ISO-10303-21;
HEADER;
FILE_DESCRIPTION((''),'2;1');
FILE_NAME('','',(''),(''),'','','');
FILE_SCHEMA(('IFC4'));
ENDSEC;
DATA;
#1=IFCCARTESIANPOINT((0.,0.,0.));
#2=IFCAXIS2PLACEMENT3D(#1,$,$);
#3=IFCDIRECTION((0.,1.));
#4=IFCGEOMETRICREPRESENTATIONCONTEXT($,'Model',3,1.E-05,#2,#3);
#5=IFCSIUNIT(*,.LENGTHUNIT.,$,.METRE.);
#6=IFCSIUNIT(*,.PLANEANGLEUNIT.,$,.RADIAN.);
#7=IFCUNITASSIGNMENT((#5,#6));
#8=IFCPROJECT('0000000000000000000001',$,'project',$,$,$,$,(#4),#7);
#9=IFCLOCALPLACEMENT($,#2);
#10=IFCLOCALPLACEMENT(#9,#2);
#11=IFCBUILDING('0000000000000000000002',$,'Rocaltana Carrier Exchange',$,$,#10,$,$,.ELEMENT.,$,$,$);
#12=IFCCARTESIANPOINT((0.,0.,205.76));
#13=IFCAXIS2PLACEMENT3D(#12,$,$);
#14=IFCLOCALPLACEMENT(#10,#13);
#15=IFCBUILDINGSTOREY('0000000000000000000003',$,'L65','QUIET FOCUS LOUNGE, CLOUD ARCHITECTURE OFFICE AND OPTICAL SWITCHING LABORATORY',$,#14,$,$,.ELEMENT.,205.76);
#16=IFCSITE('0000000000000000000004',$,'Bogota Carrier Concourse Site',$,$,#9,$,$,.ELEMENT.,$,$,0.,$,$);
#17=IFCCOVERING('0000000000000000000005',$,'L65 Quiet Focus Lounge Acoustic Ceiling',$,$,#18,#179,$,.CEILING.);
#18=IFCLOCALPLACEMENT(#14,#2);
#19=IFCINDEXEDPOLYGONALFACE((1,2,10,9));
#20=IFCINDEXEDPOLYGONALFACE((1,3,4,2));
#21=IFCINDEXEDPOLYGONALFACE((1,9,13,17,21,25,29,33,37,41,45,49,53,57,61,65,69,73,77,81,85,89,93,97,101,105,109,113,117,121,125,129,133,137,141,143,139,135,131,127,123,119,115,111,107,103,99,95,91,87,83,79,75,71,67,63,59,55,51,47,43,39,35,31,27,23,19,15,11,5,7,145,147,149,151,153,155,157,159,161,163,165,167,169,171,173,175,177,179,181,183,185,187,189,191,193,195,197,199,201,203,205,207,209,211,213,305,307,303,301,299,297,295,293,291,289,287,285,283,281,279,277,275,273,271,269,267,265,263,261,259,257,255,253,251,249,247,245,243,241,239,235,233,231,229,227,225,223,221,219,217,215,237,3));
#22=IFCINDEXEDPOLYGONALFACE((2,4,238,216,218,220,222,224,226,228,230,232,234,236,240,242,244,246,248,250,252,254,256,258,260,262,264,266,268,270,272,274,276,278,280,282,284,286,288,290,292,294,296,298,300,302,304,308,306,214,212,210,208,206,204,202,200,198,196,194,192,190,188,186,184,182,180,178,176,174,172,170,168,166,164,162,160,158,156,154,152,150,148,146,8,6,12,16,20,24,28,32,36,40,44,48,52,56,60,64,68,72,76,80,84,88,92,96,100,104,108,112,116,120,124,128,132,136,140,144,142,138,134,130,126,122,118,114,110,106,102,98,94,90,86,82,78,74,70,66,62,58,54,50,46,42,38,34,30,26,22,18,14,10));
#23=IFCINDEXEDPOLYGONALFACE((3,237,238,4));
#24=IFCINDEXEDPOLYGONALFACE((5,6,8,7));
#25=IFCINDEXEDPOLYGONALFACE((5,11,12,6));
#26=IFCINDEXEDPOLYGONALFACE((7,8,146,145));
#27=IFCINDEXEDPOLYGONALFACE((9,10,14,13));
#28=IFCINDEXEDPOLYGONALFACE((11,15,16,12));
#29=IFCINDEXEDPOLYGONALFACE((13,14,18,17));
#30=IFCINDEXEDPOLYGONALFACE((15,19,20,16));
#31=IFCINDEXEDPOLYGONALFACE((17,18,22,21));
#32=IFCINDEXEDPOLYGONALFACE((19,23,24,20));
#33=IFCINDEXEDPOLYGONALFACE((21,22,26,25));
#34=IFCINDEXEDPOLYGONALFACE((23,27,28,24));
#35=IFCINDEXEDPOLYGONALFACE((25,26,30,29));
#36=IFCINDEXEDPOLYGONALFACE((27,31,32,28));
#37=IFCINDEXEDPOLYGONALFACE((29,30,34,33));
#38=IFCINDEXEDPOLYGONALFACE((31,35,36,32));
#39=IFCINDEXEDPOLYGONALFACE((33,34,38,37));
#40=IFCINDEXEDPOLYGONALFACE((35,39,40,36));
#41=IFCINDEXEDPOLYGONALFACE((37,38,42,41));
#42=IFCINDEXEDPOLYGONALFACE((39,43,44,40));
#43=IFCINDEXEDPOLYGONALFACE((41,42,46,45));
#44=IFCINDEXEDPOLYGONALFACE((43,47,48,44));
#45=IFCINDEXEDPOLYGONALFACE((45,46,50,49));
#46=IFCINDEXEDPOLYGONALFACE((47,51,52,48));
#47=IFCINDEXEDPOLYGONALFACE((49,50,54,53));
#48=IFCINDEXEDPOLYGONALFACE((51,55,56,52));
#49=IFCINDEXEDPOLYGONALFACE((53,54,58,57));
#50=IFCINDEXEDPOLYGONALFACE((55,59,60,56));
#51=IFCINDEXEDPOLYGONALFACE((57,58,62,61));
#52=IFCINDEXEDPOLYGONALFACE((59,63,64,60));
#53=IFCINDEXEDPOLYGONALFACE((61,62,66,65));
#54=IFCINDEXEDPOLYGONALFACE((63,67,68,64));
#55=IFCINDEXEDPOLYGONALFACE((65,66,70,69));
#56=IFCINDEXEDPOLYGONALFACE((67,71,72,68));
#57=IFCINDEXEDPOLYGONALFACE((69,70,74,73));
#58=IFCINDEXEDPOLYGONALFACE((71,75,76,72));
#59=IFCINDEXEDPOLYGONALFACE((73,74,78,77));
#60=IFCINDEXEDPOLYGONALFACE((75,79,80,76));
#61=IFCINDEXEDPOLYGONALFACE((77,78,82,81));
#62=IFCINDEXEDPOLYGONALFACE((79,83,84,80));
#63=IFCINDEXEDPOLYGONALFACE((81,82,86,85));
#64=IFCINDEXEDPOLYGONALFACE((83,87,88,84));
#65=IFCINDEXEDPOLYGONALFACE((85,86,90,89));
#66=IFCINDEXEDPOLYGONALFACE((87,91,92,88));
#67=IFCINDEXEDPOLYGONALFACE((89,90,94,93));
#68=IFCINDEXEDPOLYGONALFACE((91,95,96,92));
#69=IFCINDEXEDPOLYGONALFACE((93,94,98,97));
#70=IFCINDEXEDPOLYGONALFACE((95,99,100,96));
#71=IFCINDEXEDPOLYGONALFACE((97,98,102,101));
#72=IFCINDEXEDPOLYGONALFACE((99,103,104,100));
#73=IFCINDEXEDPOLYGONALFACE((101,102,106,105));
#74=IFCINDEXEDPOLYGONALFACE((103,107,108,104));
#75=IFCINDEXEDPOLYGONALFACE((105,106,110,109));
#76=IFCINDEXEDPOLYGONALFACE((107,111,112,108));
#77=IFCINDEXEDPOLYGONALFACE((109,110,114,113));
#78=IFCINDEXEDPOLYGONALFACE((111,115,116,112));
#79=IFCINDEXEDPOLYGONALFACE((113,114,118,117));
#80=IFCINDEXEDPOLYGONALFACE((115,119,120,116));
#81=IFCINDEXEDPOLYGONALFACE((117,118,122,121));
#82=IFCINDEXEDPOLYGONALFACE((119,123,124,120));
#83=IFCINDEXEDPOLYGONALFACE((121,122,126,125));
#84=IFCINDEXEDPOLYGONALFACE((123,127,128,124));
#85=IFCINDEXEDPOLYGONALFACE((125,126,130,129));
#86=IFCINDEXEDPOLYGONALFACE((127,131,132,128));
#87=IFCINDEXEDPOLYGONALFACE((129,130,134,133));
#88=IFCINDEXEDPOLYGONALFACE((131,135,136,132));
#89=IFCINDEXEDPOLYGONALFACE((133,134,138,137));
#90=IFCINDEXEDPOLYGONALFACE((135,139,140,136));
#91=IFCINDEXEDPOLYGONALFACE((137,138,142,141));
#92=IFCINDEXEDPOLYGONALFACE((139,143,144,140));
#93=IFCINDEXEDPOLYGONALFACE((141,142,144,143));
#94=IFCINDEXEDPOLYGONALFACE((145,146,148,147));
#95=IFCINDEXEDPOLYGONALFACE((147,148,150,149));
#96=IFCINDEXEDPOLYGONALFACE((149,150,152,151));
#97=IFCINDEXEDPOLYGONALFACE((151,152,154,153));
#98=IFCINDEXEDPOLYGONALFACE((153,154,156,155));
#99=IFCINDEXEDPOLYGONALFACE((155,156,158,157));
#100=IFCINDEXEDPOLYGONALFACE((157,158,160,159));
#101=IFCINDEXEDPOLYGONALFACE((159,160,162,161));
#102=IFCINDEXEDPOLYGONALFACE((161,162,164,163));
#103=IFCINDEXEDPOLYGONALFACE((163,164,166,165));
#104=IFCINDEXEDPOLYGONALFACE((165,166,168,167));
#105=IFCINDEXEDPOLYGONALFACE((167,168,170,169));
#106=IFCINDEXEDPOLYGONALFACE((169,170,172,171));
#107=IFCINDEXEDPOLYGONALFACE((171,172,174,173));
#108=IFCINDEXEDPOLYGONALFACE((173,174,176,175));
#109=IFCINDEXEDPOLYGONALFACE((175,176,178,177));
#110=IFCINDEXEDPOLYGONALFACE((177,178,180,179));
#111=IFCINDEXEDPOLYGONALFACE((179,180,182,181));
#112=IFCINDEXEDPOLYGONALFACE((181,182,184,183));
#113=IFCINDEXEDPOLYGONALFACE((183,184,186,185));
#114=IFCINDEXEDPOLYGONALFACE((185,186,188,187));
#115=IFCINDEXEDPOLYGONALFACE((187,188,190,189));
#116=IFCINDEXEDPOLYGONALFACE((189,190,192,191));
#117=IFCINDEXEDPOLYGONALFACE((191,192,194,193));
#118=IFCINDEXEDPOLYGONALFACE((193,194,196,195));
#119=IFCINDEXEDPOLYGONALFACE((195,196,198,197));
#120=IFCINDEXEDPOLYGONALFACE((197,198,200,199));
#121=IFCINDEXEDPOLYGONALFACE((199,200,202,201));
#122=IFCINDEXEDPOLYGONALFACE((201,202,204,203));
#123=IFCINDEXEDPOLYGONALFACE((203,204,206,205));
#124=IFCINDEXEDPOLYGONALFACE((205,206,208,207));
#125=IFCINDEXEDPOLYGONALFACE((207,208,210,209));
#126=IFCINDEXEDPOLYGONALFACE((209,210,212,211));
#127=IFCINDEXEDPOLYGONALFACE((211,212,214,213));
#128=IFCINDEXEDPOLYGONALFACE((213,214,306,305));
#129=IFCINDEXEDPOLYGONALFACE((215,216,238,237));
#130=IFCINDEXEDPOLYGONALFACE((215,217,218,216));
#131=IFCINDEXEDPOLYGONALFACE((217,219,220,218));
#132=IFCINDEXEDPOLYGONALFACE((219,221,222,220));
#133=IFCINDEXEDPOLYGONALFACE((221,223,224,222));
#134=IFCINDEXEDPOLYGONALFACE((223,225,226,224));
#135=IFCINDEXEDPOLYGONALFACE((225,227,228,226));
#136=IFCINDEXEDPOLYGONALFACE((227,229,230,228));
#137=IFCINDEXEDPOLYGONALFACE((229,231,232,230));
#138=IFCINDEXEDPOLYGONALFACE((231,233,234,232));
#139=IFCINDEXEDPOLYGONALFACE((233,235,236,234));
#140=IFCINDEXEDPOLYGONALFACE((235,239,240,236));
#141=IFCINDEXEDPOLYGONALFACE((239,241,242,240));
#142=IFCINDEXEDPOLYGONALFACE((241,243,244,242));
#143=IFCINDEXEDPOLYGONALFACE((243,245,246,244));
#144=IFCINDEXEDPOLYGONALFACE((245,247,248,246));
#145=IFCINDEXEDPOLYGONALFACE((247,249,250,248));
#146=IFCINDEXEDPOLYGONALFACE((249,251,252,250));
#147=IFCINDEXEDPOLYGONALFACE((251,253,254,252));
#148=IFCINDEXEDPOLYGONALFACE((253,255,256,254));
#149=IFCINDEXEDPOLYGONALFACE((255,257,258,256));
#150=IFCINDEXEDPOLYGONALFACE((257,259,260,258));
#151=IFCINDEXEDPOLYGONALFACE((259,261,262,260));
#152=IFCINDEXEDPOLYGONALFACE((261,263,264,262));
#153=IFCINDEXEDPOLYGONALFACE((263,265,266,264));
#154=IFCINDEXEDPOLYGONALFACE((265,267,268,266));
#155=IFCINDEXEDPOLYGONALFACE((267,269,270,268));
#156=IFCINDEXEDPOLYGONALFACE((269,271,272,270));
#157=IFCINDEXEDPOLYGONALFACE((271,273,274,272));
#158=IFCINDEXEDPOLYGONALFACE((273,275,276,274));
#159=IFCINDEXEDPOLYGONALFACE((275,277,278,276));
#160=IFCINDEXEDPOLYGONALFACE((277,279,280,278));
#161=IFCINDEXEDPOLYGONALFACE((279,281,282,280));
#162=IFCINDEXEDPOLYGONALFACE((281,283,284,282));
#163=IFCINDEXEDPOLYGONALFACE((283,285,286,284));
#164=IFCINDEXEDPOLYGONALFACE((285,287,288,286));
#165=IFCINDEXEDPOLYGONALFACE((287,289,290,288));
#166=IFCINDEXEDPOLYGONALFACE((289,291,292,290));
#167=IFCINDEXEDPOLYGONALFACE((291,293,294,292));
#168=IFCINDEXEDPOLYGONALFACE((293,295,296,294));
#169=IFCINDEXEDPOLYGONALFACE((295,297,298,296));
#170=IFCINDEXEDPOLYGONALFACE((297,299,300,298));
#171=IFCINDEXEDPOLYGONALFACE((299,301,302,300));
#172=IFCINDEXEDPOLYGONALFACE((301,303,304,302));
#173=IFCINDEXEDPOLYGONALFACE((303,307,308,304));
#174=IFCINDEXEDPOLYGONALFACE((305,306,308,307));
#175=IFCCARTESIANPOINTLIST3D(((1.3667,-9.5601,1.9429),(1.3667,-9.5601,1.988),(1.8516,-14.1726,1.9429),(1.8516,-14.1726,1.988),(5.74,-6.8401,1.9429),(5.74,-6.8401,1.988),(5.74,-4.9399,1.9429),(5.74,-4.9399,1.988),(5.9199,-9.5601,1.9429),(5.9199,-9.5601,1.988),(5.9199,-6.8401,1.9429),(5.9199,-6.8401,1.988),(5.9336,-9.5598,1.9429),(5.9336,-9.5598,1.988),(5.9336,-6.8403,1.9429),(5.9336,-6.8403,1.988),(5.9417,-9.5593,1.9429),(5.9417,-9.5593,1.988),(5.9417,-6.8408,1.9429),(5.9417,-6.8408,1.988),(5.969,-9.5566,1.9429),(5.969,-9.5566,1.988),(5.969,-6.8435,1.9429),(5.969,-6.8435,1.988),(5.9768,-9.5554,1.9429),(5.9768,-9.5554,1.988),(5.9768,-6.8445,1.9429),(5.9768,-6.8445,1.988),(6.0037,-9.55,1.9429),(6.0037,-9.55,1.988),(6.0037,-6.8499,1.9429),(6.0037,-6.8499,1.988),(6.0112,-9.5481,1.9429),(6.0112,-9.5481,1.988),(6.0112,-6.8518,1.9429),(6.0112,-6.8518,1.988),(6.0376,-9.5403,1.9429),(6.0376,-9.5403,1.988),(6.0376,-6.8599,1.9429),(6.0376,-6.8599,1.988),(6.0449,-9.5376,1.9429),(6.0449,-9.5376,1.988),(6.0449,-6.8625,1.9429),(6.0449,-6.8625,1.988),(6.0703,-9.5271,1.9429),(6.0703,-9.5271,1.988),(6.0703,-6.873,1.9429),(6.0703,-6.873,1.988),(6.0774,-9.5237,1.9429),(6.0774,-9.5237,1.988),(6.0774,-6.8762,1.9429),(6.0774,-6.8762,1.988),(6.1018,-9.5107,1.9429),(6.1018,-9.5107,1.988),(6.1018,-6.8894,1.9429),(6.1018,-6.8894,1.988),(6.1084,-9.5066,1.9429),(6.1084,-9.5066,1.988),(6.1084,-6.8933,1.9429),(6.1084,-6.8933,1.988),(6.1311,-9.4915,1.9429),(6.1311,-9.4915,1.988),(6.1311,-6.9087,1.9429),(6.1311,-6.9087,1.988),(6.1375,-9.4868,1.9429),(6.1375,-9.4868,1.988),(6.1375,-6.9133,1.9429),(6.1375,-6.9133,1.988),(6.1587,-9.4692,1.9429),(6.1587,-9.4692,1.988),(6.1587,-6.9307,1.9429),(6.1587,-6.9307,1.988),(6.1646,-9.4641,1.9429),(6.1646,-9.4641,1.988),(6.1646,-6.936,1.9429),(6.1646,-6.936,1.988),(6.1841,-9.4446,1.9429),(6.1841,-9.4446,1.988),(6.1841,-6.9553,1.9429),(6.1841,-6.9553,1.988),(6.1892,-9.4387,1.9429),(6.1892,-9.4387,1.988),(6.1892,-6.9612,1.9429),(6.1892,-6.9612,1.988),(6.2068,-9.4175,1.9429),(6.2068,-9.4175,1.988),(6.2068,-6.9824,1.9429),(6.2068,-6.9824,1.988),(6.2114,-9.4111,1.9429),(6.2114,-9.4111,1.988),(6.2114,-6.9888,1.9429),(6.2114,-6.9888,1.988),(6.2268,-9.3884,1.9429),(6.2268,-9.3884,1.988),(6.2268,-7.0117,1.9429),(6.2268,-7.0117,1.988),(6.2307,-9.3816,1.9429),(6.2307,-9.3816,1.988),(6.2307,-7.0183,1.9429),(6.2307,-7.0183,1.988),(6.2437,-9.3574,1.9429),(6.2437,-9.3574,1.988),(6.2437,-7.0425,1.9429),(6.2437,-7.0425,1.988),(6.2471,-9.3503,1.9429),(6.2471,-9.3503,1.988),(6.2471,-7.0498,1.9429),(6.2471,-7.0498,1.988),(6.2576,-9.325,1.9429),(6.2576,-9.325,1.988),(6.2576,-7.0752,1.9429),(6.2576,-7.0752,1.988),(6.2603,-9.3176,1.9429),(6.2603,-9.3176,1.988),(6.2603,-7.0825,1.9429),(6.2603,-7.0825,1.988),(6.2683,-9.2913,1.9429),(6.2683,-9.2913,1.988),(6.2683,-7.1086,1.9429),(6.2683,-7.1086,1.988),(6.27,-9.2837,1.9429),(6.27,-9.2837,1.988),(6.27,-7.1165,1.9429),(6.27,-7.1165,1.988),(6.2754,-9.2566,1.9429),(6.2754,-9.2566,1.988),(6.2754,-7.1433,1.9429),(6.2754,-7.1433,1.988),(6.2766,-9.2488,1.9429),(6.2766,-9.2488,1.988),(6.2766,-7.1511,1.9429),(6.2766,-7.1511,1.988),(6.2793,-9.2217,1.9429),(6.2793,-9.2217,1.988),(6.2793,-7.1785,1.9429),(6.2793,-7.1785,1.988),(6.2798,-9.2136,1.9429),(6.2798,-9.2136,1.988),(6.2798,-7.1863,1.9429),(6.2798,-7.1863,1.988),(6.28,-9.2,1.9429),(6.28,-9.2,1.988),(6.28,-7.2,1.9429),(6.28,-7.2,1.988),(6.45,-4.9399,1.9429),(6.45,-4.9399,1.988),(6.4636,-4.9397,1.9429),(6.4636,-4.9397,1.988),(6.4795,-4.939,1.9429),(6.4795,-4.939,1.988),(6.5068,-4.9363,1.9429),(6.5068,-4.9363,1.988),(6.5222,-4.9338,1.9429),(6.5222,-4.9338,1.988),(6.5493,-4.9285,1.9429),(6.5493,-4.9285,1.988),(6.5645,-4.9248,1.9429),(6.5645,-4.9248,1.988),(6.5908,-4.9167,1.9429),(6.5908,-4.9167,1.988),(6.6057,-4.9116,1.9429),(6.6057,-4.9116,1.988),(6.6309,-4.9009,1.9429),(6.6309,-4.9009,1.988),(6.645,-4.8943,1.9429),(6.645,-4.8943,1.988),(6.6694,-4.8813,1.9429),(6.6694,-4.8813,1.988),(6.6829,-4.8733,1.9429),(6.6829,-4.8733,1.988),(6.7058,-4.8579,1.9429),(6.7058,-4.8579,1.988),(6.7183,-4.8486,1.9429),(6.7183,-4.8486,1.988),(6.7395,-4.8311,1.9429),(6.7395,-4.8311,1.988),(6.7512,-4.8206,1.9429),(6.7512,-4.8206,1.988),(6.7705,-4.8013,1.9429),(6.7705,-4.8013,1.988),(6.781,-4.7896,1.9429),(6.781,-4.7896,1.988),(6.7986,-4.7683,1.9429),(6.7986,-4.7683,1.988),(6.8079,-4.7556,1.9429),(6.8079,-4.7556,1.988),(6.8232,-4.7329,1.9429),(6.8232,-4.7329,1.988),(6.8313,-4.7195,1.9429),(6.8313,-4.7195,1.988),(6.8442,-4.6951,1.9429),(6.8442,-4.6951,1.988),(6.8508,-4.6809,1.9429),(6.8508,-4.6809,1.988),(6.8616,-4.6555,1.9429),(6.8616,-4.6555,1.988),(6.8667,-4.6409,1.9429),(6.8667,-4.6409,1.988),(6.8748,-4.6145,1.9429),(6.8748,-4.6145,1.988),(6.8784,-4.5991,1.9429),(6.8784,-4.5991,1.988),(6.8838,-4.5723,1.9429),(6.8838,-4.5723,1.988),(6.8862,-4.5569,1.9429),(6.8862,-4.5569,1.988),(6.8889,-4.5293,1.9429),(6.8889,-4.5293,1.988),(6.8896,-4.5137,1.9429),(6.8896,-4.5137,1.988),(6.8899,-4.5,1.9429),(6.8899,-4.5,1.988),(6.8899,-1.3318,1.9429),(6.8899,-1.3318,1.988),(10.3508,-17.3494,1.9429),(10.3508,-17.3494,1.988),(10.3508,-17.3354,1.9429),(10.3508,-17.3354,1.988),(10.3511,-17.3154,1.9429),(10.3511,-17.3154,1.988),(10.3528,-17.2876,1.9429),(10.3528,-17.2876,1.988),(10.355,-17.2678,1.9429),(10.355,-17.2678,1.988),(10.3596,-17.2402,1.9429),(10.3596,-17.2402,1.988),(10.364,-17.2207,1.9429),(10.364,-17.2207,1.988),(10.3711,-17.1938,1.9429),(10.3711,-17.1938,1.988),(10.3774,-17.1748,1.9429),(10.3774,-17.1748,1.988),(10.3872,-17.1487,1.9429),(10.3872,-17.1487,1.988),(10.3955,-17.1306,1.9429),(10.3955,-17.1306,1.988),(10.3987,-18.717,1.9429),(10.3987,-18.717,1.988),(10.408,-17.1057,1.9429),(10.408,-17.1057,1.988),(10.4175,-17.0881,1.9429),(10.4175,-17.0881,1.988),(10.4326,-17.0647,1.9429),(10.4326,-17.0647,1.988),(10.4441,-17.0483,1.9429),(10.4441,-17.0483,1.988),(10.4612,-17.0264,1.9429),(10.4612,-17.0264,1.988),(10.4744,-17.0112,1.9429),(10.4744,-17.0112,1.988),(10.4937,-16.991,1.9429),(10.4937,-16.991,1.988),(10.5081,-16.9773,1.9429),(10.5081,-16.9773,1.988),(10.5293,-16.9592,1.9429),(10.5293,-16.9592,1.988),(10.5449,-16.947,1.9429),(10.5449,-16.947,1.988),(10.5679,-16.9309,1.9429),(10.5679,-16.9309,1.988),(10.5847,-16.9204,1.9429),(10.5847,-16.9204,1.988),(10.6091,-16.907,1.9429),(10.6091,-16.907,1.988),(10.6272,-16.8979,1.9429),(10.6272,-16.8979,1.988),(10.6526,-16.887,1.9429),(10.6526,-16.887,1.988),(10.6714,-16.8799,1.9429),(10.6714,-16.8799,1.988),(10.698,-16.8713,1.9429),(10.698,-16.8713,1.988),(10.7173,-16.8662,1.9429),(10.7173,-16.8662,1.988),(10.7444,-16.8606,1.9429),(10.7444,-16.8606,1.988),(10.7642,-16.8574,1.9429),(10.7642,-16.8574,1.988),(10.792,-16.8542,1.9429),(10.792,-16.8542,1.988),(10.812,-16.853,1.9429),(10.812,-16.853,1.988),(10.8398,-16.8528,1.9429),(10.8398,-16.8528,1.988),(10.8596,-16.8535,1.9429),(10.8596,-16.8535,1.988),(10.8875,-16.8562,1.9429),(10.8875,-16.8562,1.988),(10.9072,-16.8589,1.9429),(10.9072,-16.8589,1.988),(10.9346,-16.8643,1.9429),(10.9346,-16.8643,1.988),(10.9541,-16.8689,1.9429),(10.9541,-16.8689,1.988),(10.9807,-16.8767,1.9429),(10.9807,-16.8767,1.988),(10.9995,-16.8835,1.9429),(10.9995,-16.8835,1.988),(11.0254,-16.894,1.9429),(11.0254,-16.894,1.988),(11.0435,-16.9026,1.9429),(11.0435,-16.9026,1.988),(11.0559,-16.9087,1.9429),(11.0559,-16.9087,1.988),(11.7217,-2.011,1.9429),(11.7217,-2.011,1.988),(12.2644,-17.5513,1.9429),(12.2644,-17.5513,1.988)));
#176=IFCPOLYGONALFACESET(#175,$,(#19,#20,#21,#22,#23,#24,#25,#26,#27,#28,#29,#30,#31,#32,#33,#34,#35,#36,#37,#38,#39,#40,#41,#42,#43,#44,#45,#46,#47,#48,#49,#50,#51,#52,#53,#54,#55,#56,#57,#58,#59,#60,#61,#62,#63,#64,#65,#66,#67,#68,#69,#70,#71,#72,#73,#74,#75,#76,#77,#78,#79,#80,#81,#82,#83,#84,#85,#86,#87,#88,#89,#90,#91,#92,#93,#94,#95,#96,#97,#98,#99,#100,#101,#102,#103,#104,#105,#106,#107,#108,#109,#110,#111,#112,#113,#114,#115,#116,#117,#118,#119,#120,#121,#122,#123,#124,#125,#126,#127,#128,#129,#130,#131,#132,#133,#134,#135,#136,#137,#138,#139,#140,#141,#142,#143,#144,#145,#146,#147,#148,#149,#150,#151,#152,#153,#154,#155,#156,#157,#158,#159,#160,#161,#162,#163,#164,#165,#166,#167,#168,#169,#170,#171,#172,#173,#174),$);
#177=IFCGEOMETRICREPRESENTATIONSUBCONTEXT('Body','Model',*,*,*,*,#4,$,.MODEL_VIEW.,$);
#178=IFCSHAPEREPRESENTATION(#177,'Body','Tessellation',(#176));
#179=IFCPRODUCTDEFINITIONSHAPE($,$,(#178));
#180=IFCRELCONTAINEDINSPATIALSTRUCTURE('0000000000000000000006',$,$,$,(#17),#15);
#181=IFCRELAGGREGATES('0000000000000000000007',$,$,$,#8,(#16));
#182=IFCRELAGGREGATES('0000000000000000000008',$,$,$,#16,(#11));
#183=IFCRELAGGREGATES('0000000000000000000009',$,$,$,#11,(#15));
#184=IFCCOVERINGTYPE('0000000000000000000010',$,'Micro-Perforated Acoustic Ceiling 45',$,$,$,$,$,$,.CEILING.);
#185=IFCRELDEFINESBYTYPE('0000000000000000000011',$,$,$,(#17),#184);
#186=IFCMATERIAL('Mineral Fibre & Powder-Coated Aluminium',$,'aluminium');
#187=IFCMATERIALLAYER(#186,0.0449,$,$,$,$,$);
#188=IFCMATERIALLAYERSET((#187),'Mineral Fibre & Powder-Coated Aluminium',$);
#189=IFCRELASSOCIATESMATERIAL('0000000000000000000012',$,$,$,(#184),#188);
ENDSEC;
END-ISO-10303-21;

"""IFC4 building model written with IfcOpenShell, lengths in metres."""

from ifc_helpers import new_model, si_unit, direction, frame, origin, place, context, subcontext, project, spatial, polyline, outline, extrude, material, layer, layer_set, type_object, element, save


model = new_model("IFC4")

# Units and contexts
model_context = context("Model", 3, precision=1e-05, world=origin(), true_north=direction((0.0, 1.0)))
body_context = subcontext(model_context, "Body", "Model", "MODEL_VIEW")
ifc_project = project(units=[si_unit("LENGTHUNIT", "METRE"), si_unit("PLANEANGLEUNIT", "RADIAN")], contexts=[model_context])

# Site, building, storey
site_placement = place(None, origin())
site = spatial("IfcSite", under=ifc_project, at=site_placement, Name="Bogota Carrier Concourse Site", CompositionType="ELEMENT", RefElevation=0.0)
building_placement = place(site_placement, origin())
building = spatial("IfcBuilding", under=site, at=building_placement, Name="Rocaltana Carrier Exchange", CompositionType="ELEMENT")
storey_placement = place(building_placement, frame((0.0, 0.0, 205.76)))
storey = spatial("IfcBuildingStorey", under=building, at=storey_placement, Name="L65", Description="QUIET FOCUS LOUNGE, CLOUD ARCHITECTURE OFFICE AND OPTICAL SWITCHING LABORATORY", CompositionType="ELEMENT", Elevation=205.76)

# Covering
ifc_material_1 = material(Name="Mineral Fibre & Powder-Coated Aluminium", Category="aluminium")
ifc_layer_1 = layer(ifc_material_1, 0.0449)
ifc_layer_set_1 = layer_set([ifc_layer_1], Name="Mineral Fibre & Powder-Coated Aluminium")
covering_type_1 = type_object("IfcCoveringType", Name="Micro-Perforated Acoustic Ceiling 45", PredefinedType="CEILING", material=ifc_layer_set_1)
covering_1_placement = place(storey_placement, frame((0.0, 0.0, 1.9429)))
element("IfcCovering", 1, at=covering_1_placement, inside=storey, type_object=covering_type_1, Name="L65 Quiet Focus Lounge Acoustic Ceiling", PredefinedType="CEILING", context=body_context, shape_type="SweptSolid", body=[
    extrude(outline(polyline([(5.74, -6.8401), (5.74, -4.9399), (6.45, -4.9399), (6.4636, -4.9397), (6.4795, -4.939), (6.5068, -4.9363), (6.5222, -4.9338), (6.5493, -4.9285), (6.5645, -4.9248), (6.5908, -4.9167), (6.6057, -4.9116), (6.6309, -4.9009), (6.645, -4.8943), (6.6694, -4.8813), (6.6829, -4.8733), (6.7058, -4.8579), (6.7183, -4.8486), (6.7395, -4.8311), (6.7512, -4.8206), (6.7705, -4.8013), (6.781, -4.7896), (6.7986, -4.7683), (6.8079, -4.7556), (6.8232, -4.7329), (6.8313, -4.7195), (6.8442, -4.6951), (6.8508, -4.6809), (6.8616, -4.6555), (6.8667, -4.6409), (6.8748, -4.6145), (6.8784, -4.5991), (6.8838, -4.5723), (6.8862, -4.5569), (6.8889, -4.5293), (6.8896, -4.5137), (6.8899, -4.5), (6.8899, -1.3318), (11.7217, -2.011), (12.2644, -17.5513), (11.0559, -16.9087), (11.0435, -16.9026), (11.0254, -16.894), (10.9995, -16.8835), (10.9807, -16.8767), (10.9541, -16.8689), (10.9346, -16.8643), (10.9072, -16.8589), (10.8875, -16.8562), (10.8596, -16.8535), (10.8398, -16.8528), (10.812, -16.853), (10.792, -16.8542), (10.7642, -16.8574), (10.7444, -16.8606), (10.7173, -16.8662), (10.698, -16.8713), (10.6714, -16.8799), (10.6526, -16.887), (10.6272, -16.8979), (10.6091, -16.907), (10.5847, -16.9204), (10.5679, -16.9309), (10.5449, -16.947), (10.5293, -16.9592), (10.5081, -16.9773), (10.4937, -16.991), (10.4744, -17.0112), (10.4612, -17.0264), (10.4441, -17.0483), (10.4326, -17.0647), (10.4175, -17.0881), (10.408, -17.1057), (10.3955, -17.1306), (10.3872, -17.1487), (10.3774, -17.1748), (10.3711, -17.1938), (10.364, -17.2207), (10.3596, -17.2402), (10.355, -17.2678), (10.3528, -17.2876), (10.3511, -17.3154), (10.3508, -17.3354), (10.3508, -17.3494), (10.3987, -18.717), (1.8516, -14.1726), (1.3667, -9.5601), (5.9199, -9.5601), (5.9336, -9.5598), (5.9417, -9.5593), (5.969, -9.5566), (5.9768, -9.5554), (6.0037, -9.55), (6.0112, -9.5481), (6.0376, -9.5403), (6.0449, -9.5376), (6.0703, -9.5271), (6.0774, -9.5237), (6.1018, -9.5107), (6.1084, -9.5066), (6.1311, -9.4915), (6.1375, -9.4868), (6.1587, -9.4692), (6.1646, -9.4641), (6.1841, -9.4446), (6.1892, -9.4387), (6.2068, -9.4175), (6.2114, -9.4111), (6.2268, -9.3884), (6.2307, -9.3816), (6.2437, -9.3574), (6.2471, -9.3503), (6.2576, -9.325), (6.2603, -9.3176), (6.2683, -9.2913), (6.27, -9.2837), (6.2754, -9.2566), (6.2766, -9.2488), (6.2793, -9.2217), (6.2798, -9.2136), (6.28, -9.2), (6.28, -7.2), (6.2798, -7.1863), (6.2793, -7.1785), (6.2766, -7.1511), (6.2754, -7.1433), (6.27, -7.1165), (6.2683, -7.1086), (6.2603, -7.0825), (6.2576, -7.0752), (6.2471, -7.0498), (6.2437, -7.0425), (6.2307, -7.0183), (6.2268, -7.0117), (6.2114, -6.9888), (6.2068, -6.9824), (6.1892, -6.9612), (6.1841, -6.9553), (6.1646, -6.936), (6.1587, -6.9307), (6.1375, -6.9133), (6.1311, -6.9087), (6.1084, -6.8933), (6.1018, -6.8894), (6.0774, -6.8762), (6.0703, -6.873), (6.0449, -6.8625), (6.0376, -6.8599), (6.0112, -6.8518), (6.0037, -6.8499), (5.9768, -6.8445), (5.969, -6.8435), (5.9417, -6.8408), (5.9336, -6.8403), (5.9199, -6.8401), (5.74, -6.8401)])), origin(), (0.0, 0.0, 1.0), 0.0452),
])

save(model, "model.ifc")
